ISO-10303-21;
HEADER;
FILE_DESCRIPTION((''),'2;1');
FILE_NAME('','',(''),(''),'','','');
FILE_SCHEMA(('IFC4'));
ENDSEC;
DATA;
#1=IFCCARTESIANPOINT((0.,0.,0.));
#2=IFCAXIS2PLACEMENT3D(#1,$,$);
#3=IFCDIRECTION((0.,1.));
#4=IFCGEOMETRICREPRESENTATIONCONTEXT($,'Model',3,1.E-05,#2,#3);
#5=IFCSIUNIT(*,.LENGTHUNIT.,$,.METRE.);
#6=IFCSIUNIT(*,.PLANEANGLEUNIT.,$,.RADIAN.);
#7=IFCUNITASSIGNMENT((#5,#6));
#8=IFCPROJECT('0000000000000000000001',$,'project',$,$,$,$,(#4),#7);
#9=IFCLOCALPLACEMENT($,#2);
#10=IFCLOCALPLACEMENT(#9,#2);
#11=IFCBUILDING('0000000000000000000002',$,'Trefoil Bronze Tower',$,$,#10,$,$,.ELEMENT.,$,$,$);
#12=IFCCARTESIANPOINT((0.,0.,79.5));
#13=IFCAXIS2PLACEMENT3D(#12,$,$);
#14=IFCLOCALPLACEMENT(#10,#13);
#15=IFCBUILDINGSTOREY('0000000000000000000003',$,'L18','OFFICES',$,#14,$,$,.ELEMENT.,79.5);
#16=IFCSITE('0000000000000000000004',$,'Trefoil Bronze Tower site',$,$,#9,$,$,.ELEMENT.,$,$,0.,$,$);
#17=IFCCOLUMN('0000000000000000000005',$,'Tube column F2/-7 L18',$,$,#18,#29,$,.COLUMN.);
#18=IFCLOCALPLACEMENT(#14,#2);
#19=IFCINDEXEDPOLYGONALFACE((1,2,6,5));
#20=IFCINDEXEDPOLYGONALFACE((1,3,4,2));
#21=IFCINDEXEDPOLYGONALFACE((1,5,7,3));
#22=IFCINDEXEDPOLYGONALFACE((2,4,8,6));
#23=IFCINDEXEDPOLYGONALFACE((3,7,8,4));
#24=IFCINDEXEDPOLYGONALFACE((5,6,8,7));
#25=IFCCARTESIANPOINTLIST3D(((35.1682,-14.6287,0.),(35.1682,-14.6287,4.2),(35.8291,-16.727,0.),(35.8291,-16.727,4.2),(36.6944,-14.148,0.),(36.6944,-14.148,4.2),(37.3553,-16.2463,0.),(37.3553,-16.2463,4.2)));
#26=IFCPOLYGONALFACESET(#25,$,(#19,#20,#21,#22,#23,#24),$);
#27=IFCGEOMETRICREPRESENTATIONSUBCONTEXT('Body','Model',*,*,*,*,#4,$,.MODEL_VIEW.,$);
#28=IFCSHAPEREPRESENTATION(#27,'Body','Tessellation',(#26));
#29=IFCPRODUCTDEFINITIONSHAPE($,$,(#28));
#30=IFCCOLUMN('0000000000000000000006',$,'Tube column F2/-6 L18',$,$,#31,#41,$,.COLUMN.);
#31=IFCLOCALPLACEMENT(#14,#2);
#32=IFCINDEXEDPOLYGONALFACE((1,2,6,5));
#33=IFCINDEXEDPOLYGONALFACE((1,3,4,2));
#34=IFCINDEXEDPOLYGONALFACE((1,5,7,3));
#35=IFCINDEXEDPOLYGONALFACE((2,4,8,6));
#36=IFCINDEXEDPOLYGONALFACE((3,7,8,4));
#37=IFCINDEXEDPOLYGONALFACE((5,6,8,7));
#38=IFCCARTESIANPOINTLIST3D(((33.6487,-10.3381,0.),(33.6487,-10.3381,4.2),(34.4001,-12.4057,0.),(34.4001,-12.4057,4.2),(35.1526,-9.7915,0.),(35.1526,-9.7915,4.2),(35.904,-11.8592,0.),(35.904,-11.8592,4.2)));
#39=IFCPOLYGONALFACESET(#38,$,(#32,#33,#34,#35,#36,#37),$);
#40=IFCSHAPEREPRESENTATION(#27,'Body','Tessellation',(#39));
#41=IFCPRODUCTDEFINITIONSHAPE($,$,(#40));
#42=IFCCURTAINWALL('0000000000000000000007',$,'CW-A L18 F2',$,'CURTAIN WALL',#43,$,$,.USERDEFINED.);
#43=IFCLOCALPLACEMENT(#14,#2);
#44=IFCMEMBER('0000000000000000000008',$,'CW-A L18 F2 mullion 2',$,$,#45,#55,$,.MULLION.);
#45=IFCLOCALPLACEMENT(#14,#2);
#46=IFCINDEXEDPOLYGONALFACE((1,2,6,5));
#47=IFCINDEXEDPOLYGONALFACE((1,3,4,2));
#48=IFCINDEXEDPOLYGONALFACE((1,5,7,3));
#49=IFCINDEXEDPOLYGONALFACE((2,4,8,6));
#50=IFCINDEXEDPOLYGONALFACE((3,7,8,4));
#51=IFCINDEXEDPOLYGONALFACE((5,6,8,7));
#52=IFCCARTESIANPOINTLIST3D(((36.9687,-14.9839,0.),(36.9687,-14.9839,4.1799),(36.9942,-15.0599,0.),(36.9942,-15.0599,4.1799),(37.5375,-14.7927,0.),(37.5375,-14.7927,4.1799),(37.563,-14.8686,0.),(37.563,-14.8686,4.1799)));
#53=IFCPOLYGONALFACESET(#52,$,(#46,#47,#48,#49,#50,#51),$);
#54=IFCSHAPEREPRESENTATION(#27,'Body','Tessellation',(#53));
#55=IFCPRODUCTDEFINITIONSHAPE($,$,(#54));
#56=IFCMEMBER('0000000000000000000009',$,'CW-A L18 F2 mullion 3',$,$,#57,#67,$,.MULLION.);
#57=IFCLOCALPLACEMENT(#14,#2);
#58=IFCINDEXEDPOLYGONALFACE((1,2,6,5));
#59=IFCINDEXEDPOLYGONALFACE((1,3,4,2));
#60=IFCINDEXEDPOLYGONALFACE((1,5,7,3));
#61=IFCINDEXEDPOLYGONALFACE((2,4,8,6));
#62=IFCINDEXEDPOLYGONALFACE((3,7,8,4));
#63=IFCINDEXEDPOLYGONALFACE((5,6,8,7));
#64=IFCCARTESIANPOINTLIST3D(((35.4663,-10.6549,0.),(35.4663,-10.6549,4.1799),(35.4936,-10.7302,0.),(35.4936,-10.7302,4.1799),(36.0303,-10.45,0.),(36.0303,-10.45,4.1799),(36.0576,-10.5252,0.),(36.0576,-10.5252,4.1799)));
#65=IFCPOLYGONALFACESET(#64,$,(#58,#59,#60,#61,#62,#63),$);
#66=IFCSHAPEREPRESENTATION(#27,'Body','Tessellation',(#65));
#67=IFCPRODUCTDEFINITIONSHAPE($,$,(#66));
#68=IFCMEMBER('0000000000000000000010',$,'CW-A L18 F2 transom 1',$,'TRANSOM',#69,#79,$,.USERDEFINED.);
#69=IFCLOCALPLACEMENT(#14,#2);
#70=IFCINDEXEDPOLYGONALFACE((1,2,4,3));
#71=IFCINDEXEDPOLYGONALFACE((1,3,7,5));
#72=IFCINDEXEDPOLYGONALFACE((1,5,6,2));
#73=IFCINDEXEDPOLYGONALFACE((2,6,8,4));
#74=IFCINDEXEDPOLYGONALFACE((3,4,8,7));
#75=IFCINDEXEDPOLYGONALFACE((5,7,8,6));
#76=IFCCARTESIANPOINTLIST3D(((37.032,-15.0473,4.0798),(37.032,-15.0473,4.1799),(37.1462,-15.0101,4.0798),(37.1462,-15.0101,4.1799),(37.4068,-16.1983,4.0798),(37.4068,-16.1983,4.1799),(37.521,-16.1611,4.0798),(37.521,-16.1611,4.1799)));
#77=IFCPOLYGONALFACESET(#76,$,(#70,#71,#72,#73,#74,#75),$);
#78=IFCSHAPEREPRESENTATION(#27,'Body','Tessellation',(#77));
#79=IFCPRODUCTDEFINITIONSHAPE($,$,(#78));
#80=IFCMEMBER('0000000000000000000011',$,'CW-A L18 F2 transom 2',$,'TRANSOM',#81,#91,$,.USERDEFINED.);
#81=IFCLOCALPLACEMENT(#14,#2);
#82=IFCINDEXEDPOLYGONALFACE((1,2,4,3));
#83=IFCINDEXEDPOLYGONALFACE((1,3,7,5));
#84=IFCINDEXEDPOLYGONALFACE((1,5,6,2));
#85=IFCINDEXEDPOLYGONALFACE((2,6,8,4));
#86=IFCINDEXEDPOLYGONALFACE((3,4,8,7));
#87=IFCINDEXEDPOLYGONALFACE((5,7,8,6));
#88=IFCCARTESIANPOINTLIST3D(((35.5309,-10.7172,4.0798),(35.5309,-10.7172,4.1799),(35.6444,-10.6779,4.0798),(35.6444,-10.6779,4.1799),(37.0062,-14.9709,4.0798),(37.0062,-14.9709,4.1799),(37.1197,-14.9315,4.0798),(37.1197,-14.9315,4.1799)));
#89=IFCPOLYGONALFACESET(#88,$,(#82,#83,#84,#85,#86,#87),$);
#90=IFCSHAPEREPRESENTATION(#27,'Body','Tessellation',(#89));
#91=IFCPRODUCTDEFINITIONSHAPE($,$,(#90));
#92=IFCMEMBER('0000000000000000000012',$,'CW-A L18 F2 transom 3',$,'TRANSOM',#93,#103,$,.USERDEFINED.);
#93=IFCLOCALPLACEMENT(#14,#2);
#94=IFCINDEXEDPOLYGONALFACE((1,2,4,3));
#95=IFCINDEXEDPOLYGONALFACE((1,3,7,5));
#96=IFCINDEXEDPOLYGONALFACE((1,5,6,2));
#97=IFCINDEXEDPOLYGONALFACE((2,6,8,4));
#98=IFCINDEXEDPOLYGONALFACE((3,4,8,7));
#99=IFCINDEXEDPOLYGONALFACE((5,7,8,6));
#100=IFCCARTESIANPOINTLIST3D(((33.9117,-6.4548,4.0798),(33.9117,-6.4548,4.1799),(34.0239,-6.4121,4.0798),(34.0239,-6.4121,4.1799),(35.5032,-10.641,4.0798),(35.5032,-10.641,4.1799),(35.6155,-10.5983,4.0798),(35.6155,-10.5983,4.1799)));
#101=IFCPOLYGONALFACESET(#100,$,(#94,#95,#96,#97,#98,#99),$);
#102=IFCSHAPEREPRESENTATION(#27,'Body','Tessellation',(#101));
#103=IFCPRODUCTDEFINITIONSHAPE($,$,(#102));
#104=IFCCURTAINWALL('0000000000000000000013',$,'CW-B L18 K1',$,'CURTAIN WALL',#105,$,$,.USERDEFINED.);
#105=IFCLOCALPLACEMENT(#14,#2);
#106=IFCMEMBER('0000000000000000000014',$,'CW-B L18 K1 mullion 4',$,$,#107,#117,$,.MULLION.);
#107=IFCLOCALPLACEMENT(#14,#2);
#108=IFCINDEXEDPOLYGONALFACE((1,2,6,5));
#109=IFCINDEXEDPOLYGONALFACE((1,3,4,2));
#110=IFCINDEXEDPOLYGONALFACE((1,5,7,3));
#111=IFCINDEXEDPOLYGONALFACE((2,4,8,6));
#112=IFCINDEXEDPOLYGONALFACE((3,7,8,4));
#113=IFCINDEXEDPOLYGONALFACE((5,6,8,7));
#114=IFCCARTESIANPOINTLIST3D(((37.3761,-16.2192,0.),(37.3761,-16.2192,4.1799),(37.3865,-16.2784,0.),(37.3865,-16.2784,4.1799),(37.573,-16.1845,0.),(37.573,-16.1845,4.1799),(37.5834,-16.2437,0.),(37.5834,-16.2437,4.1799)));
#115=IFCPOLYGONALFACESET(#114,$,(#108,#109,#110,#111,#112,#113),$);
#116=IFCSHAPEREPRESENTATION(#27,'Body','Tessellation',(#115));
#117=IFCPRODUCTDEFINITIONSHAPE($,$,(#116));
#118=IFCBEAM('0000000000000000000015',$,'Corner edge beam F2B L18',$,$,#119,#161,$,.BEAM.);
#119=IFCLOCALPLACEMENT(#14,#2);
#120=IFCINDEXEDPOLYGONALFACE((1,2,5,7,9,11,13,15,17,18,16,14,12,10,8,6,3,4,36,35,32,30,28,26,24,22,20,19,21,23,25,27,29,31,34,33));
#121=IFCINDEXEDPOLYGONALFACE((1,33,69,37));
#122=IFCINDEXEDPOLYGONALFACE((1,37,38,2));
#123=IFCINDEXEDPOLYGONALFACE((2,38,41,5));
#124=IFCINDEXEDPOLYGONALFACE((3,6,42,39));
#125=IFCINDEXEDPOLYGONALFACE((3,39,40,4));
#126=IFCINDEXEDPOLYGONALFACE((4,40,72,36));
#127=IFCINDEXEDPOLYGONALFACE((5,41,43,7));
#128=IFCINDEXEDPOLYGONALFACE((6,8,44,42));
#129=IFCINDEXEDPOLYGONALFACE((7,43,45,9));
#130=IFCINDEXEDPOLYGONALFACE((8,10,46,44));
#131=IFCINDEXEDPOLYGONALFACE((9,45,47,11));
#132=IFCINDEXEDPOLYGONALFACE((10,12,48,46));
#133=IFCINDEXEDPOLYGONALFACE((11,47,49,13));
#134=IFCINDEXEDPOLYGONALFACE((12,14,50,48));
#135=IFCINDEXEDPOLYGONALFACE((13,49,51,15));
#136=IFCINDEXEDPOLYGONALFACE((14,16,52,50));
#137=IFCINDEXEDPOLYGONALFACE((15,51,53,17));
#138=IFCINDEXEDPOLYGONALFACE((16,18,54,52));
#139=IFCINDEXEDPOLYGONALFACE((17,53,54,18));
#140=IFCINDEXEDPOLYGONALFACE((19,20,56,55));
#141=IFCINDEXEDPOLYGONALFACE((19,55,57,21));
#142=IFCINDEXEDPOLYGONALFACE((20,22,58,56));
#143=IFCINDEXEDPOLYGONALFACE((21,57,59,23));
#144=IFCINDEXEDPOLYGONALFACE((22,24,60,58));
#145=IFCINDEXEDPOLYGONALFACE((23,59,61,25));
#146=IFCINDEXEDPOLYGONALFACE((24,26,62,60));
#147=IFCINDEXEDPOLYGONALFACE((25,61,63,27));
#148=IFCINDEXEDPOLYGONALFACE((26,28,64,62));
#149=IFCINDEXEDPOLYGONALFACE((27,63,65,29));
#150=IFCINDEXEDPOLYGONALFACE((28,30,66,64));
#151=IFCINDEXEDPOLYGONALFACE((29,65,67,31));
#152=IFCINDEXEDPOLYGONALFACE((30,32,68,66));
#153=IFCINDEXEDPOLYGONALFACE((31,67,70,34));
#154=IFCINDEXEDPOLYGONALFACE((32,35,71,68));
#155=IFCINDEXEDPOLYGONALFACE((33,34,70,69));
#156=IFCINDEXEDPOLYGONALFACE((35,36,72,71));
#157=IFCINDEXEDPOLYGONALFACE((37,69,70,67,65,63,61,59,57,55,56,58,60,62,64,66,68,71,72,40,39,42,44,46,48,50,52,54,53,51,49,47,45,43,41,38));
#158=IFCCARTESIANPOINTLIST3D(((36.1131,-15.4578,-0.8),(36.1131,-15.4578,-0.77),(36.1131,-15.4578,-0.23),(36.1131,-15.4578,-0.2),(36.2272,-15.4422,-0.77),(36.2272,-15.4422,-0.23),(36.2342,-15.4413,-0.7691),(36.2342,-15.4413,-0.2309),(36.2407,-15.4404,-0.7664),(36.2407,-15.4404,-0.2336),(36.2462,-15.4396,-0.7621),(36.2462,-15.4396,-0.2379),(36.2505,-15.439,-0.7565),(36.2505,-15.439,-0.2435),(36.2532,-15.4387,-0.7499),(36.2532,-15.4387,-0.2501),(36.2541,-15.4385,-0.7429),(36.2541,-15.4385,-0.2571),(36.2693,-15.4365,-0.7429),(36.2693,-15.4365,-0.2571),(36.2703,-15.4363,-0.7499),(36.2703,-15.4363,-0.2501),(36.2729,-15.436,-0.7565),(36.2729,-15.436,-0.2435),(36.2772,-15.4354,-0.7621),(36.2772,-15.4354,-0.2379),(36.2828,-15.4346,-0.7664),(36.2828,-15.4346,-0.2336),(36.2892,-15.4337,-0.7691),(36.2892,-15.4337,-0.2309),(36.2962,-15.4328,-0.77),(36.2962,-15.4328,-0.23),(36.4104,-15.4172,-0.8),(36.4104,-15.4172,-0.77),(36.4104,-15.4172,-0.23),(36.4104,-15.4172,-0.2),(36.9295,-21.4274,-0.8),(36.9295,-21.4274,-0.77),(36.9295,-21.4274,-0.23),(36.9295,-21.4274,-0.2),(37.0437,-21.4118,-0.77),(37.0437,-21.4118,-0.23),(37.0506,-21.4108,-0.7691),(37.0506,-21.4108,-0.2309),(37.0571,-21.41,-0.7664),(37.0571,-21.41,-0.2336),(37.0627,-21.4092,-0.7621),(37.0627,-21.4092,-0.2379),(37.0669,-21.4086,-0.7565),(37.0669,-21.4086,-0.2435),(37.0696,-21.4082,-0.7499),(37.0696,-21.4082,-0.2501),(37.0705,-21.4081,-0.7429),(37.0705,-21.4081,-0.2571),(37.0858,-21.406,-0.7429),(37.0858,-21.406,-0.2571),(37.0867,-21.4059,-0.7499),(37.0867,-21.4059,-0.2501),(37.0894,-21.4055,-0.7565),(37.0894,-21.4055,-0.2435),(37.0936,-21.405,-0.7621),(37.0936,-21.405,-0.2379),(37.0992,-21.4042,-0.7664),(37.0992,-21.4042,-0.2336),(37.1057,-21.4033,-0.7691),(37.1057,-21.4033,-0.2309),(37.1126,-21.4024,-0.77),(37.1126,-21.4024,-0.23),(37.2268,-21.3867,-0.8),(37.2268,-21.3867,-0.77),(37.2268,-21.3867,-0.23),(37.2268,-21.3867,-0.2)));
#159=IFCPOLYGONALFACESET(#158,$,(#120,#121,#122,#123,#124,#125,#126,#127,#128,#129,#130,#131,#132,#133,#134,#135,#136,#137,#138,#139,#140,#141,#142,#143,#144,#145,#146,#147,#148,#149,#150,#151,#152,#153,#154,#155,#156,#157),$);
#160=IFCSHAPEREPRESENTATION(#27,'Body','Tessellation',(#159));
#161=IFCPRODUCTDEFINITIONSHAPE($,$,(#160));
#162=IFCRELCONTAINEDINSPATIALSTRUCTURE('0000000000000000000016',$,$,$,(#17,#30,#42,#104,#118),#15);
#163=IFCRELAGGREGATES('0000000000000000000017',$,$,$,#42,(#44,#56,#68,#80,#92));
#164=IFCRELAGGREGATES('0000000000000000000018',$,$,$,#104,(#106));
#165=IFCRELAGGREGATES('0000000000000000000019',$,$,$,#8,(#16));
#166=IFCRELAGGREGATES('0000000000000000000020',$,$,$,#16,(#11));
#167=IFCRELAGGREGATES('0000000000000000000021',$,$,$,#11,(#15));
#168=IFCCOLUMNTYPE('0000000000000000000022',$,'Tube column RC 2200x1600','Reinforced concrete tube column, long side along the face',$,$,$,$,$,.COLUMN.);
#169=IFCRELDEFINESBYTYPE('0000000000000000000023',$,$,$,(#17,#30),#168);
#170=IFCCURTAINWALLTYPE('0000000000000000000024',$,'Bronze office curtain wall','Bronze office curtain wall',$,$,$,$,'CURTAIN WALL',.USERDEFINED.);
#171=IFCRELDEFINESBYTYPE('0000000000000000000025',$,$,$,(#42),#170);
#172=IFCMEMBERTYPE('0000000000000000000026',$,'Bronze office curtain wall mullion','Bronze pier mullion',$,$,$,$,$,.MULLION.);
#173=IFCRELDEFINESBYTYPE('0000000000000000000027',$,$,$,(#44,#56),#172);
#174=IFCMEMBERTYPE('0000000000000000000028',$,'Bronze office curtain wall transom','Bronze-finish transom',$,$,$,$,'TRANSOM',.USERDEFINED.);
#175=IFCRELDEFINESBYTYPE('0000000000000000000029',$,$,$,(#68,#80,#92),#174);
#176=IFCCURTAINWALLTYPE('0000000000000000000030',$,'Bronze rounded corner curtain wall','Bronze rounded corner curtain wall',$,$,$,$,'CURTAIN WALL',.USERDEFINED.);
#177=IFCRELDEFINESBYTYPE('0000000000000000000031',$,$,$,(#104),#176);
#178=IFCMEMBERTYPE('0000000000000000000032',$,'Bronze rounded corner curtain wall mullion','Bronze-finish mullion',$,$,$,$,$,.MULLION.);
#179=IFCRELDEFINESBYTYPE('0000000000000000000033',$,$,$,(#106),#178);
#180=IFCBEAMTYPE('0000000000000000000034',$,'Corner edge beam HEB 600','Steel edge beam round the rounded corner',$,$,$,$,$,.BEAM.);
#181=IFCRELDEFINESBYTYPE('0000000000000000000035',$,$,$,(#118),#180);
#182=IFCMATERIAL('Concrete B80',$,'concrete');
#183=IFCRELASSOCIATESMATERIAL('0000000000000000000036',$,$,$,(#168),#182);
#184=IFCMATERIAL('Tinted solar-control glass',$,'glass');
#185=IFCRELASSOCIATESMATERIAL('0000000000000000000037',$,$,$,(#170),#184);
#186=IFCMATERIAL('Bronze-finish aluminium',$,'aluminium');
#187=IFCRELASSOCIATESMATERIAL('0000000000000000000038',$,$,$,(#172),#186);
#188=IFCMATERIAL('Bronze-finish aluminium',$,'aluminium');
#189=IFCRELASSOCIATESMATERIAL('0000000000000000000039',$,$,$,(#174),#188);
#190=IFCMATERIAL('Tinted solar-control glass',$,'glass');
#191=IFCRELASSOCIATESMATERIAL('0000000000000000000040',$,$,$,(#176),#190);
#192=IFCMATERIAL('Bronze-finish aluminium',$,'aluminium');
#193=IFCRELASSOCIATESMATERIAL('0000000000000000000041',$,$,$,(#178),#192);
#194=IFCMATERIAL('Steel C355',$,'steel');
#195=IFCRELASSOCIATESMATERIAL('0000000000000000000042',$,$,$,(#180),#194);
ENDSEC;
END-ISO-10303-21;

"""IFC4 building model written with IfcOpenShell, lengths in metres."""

from ifc_helpers import new_model, si_unit, direction, frame, origin, origin_2d, place, context, subcontext, project, spatial, rectangle, i_section, extrude, material, material_profile, profile_set, type_object, element, aggregate, save


model = new_model("IFC4")

# Units and contexts
model_context = context("Model", 3, precision=1e-05, world=origin(), true_north=direction((0.0, 1.0)))
body_context = subcontext(model_context, "Body", "Model", "MODEL_VIEW")
ifc_project = project(units=[si_unit("LENGTHUNIT", "METRE"), si_unit("PLANEANGLEUNIT", "RADIAN")], contexts=[model_context])

# Site, building, storey
site_placement = place(None, origin())
site = spatial("IfcSite", under=ifc_project, at=site_placement, Name="Trefoil Bronze Tower site", CompositionType="ELEMENT", RefElevation=0.0)
building_placement = place(site_placement, origin())
building = spatial("IfcBuilding", under=site, at=building_placement, Name="Trefoil Bronze Tower", CompositionType="ELEMENT")
storey_placement = place(building_placement, frame((0.0, 0.0, 79.5)))
storey = spatial("IfcBuildingStorey", under=building, at=storey_placement, Name="L18", Description="OFFICES", CompositionType="ELEMENT", Elevation=79.5)

# Columns
ifc_material_1 = material(Name="Concrete B80", Category="concrete")
ifc_material_profile_1 = material_profile(ifc_material_1, rectangle(XDim=2.2, YDim=1.6001, at=origin_2d()), Name="RC 2200x1600")
ifc_profile_set_1 = profile_set([ifc_material_profile_1], Name="Concrete B80")
column_type = type_object("IfcColumnType", Name="Tube column RC 2200x1600", Description="Reinforced concrete tube column, long side along the face", PredefinedType="COLUMN", material=ifc_profile_set_1)
for number, where, z_axis, x_axis, name in (
    (1, (36.2617, -15.4375, 0.0), (0.0, 0.0, 1.0), (-0.300414, 0.953809, 0.0), "Tube column F2/-7 L18"),
    (2, (34.7764, -11.0986, 0.0), (0.0, 0.0, 1.0), (-0.341559, 0.93986, 0.0), "Tube column F2/-6 L18"),
):
    element("IfcColumn", number, at=place(storey_placement, frame(where, z_axis=z_axis, x_axis=x_axis)), inside=storey, type_object=column_type, Name=name, PredefinedType="COLUMN", context=body_context, shape_type="SweptSolid", body=[
        extrude(rectangle(XDim=2.2, YDim=1.6001, at=origin_2d()), origin(), (0.0, 0.0, 1.0), 4.2),
    ])

# Curtain wall, members
ifc_material_2 = material(Name="Tinted solar-control glass", Category="glass")
curtain_wall_type_1 = type_object("IfcCurtainWallType", Name="Bronze office curtain wall", Description="Bronze office curtain wall", ElementType="CURTAIN WALL", PredefinedType="USERDEFINED", material=ifc_material_2)
curtain_wall_1_placement = place(storey_placement, origin())
curtain_wall_1 = element("IfcCurtainWall", 3, at=curtain_wall_1_placement, inside=storey, type_object=curtain_wall_type_1, Name="CW-A L18 F2", ObjectType="CURTAIN WALL", PredefinedType="USERDEFINED")
ifc_material_3 = material(Name="Bronze-finish aluminium", Category="aluminium")
ifc_material_profile_2 = material_profile(ifc_material_3, rectangle(XDim=0.6001, YDim=0.0801, at=origin_2d()), Name="CW-A mullion")
ifc_profile_set_2 = profile_set([ifc_material_profile_2], Name="Bronze-finish aluminium")
member_type_1 = type_object("IfcMemberType", Name="Bronze office curtain wall mullion", Description="Bronze pier mullion", PredefinedType="MULLION", material=ifc_profile_set_2)
member_1_placement = place(storey_placement, frame((37.2659, -14.9263, 0.0), z_axis=(0.0, 0.0, 1.0), x_axis=(-0.947851, -0.318715, 0.0)))
member_1 = element("IfcMember", 4, at=member_1_placement, type_object=member_type_1, Name="CW-A L18 F2 mullion 2", PredefinedType="MULLION", context=body_context, shape_type="SweptSolid", body=[
    extrude(rectangle(XDim=0.6001, YDim=0.0801, at=origin_2d()), origin(), (0.0, 0.0, 1.0), 4.1799),
])
member_2_placement = place(storey_placement, frame((35.762, -10.5901, 0.0), z_axis=(0.0, 0.0, 1.0), x_axis=(-0.93986, -0.341559, 0.0)))
member_2 = element("IfcMember", 5, at=member_2_placement, type_object=member_type_1, Name="CW-A L18 F2 mullion 3", PredefinedType="MULLION", context=body_context, shape_type="SweptSolid", body=[
    extrude(rectangle(XDim=0.6001, YDim=0.0801, at=origin_2d()), origin(), (0.0, 0.0, 1.0), 4.1799),
])
ifc_material_4 = material(Name="Bronze-finish aluminium", Category="aluminium")
ifc_material_profile_3 = material_profile(ifc_material_4, rectangle(XDim=0.1201, YDim=0.1001, at=origin_2d()), Name="CW-A transom")
ifc_profile_set_3 = profile_set([ifc_material_profile_3], Name="Bronze-finish aluminium")
member_type_2 = type_object("IfcMemberType", Name="Bronze office curtain wall transom", Description="Bronze-finish transom", ElementType="TRANSOM", PredefinedType="USERDEFINED", material=ifc_profile_set_3)
member_3_placement = place(storey_placement, frame((37.4639, -16.1797, 4.1299), z_axis=(-0.309624, 0.950859, 0.0), x_axis=(-0.950859, -0.309624, 0.0)))
member_3 = element("IfcMember", 6, at=member_3_placement, type_object=member_type_2, Name="CW-A L18 F2 transom 1", ObjectType="TRANSOM", PredefinedType="USERDEFINED", context=body_context, shape_type="SweptSolid", body=[
    extrude(rectangle(XDim=0.1201, YDim=0.1001, at=origin_2d()), origin(), (0.0, 0.0, 1.0), 1.2104),
])
member_4_placement = place(storey_placement, frame((37.063, -14.9512, 4.1299), z_axis=(-0.32769, 0.944785, 0.0), x_axis=(-0.944785, -0.32769, 0.0)))
member_4 = element("IfcMember", 7, at=member_4_placement, type_object=member_type_2, Name="CW-A L18 F2 transom 2", ObjectType="TRANSOM", PredefinedType="USERDEFINED", context=body_context, shape_type="SweptSolid", body=[
    extrude(rectangle(XDim=0.1201, YDim=0.1001, at=origin_2d()), origin(), (0.0, 0.0, 1.0), 4.5022),
])
member_5_placement = place(storey_placement, frame((35.5593, -10.6196, 4.1299), z_axis=(-0.355367, 0.934727, 0.0), x_axis=(-0.934727, -0.355367, 0.0)))
member_5 = element("IfcMember", 8, at=member_5_placement, type_object=member_type_2, Name="CW-A L18 F2 transom 3", ObjectType="TRANSOM", PredefinedType="USERDEFINED", context=body_context, shape_type="SweptSolid", body=[
    extrude(rectangle(XDim=0.1201, YDim=0.1001, at=origin_2d()), origin(), (0.0, 0.0, 1.0), 4.4785),
])

# Curtain wall, member
ifc_material_5 = material(Name="Tinted solar-control glass", Category="glass")
curtain_wall_type_2 = type_object("IfcCurtainWallType", Name="Bronze rounded corner curtain wall", Description="Bronze rounded corner curtain wall", ElementType="CURTAIN WALL", PredefinedType="USERDEFINED", material=ifc_material_5)
curtain_wall_2_placement = place(storey_placement, origin())
curtain_wall_2 = element("IfcCurtainWall", 9, at=curtain_wall_2_placement, inside=storey, type_object=curtain_wall_type_2, Name="CW-B L18 K1", ObjectType="CURTAIN WALL", PredefinedType="USERDEFINED")
ifc_material_6 = material(Name="Bronze-finish aluminium", Category="aluminium")
ifc_material_profile_4 = material_profile(ifc_material_6, rectangle(XDim=0.2, YDim=0.0601, at=origin_2d()), Name="CW-B mullion")
ifc_profile_set_4 = profile_set([ifc_material_profile_4], Name="Bronze-finish aluminium")
member_type_3 = type_object("IfcMemberType", Name="Bronze rounded corner curtain wall mullion", Description="Bronze-finish mullion", PredefinedType="MULLION", material=ifc_profile_set_4)
member_6_placement = place(storey_placement, frame((37.4797, -16.2314, 0.0), z_axis=(0.0, 0.0, 1.0), x_axis=(-0.984808, -0.173648, 0.0)))
member_6 = element("IfcMember", 10, at=member_6_placement, type_object=member_type_3, Name="CW-B L18 K1 mullion 4", PredefinedType="MULLION", context=body_context, shape_type="SweptSolid", body=[
    extrude(rectangle(XDim=0.2, YDim=0.0601, at=origin_2d()), origin(), (0.0, 0.0, 1.0), 4.1799),
])

# Beam
ifc_material_7 = material(Name="Steel C355", Category="steel")
ifc_material_profile_5 = material_profile(ifc_material_7, i_section(OverallWidth=0.3, OverallDepth=0.6001, WebThickness=0.0154, FlangeThickness=0.03, FilletRadius=0.0271, at=origin_2d()), Name="HEB 600")
ifc_profile_set_5 = profile_set([ifc_material_profile_5], Name="Steel C355")
beam_type_1 = type_object("IfcBeamType", Name="Corner edge beam HEB 600", Description="Steel edge beam round the rounded corner", PredefinedType="BEAM", material=ifc_profile_set_5)
beam_1_placement = place(storey_placement, frame((36.2617, -15.4375, -0.5), z_axis=(0.135502, -0.990777, 0.0), x_axis=(0.990777, 0.135502, 0.0)))
element("IfcBeam", 11, at=beam_1_placement, inside=storey, type_object=beam_type_1, Name="Corner edge beam F2B L18", PredefinedType="BEAM", context=body_context, shape_type="SweptSolid", body=[
    extrude(i_section(OverallWidth=0.3, OverallDepth=0.6001, WebThickness=0.0154, FlangeThickness=0.03, FilletRadius=0.0271, at=origin_2d()), origin(), (0.0, 0.0, 1.0), 6.0251),
])

aggregate(curtain_wall_1, [member_1, member_2, member_3, member_4, member_5])
aggregate(curtain_wall_2, [member_6])

save(model, "model.ifc")
